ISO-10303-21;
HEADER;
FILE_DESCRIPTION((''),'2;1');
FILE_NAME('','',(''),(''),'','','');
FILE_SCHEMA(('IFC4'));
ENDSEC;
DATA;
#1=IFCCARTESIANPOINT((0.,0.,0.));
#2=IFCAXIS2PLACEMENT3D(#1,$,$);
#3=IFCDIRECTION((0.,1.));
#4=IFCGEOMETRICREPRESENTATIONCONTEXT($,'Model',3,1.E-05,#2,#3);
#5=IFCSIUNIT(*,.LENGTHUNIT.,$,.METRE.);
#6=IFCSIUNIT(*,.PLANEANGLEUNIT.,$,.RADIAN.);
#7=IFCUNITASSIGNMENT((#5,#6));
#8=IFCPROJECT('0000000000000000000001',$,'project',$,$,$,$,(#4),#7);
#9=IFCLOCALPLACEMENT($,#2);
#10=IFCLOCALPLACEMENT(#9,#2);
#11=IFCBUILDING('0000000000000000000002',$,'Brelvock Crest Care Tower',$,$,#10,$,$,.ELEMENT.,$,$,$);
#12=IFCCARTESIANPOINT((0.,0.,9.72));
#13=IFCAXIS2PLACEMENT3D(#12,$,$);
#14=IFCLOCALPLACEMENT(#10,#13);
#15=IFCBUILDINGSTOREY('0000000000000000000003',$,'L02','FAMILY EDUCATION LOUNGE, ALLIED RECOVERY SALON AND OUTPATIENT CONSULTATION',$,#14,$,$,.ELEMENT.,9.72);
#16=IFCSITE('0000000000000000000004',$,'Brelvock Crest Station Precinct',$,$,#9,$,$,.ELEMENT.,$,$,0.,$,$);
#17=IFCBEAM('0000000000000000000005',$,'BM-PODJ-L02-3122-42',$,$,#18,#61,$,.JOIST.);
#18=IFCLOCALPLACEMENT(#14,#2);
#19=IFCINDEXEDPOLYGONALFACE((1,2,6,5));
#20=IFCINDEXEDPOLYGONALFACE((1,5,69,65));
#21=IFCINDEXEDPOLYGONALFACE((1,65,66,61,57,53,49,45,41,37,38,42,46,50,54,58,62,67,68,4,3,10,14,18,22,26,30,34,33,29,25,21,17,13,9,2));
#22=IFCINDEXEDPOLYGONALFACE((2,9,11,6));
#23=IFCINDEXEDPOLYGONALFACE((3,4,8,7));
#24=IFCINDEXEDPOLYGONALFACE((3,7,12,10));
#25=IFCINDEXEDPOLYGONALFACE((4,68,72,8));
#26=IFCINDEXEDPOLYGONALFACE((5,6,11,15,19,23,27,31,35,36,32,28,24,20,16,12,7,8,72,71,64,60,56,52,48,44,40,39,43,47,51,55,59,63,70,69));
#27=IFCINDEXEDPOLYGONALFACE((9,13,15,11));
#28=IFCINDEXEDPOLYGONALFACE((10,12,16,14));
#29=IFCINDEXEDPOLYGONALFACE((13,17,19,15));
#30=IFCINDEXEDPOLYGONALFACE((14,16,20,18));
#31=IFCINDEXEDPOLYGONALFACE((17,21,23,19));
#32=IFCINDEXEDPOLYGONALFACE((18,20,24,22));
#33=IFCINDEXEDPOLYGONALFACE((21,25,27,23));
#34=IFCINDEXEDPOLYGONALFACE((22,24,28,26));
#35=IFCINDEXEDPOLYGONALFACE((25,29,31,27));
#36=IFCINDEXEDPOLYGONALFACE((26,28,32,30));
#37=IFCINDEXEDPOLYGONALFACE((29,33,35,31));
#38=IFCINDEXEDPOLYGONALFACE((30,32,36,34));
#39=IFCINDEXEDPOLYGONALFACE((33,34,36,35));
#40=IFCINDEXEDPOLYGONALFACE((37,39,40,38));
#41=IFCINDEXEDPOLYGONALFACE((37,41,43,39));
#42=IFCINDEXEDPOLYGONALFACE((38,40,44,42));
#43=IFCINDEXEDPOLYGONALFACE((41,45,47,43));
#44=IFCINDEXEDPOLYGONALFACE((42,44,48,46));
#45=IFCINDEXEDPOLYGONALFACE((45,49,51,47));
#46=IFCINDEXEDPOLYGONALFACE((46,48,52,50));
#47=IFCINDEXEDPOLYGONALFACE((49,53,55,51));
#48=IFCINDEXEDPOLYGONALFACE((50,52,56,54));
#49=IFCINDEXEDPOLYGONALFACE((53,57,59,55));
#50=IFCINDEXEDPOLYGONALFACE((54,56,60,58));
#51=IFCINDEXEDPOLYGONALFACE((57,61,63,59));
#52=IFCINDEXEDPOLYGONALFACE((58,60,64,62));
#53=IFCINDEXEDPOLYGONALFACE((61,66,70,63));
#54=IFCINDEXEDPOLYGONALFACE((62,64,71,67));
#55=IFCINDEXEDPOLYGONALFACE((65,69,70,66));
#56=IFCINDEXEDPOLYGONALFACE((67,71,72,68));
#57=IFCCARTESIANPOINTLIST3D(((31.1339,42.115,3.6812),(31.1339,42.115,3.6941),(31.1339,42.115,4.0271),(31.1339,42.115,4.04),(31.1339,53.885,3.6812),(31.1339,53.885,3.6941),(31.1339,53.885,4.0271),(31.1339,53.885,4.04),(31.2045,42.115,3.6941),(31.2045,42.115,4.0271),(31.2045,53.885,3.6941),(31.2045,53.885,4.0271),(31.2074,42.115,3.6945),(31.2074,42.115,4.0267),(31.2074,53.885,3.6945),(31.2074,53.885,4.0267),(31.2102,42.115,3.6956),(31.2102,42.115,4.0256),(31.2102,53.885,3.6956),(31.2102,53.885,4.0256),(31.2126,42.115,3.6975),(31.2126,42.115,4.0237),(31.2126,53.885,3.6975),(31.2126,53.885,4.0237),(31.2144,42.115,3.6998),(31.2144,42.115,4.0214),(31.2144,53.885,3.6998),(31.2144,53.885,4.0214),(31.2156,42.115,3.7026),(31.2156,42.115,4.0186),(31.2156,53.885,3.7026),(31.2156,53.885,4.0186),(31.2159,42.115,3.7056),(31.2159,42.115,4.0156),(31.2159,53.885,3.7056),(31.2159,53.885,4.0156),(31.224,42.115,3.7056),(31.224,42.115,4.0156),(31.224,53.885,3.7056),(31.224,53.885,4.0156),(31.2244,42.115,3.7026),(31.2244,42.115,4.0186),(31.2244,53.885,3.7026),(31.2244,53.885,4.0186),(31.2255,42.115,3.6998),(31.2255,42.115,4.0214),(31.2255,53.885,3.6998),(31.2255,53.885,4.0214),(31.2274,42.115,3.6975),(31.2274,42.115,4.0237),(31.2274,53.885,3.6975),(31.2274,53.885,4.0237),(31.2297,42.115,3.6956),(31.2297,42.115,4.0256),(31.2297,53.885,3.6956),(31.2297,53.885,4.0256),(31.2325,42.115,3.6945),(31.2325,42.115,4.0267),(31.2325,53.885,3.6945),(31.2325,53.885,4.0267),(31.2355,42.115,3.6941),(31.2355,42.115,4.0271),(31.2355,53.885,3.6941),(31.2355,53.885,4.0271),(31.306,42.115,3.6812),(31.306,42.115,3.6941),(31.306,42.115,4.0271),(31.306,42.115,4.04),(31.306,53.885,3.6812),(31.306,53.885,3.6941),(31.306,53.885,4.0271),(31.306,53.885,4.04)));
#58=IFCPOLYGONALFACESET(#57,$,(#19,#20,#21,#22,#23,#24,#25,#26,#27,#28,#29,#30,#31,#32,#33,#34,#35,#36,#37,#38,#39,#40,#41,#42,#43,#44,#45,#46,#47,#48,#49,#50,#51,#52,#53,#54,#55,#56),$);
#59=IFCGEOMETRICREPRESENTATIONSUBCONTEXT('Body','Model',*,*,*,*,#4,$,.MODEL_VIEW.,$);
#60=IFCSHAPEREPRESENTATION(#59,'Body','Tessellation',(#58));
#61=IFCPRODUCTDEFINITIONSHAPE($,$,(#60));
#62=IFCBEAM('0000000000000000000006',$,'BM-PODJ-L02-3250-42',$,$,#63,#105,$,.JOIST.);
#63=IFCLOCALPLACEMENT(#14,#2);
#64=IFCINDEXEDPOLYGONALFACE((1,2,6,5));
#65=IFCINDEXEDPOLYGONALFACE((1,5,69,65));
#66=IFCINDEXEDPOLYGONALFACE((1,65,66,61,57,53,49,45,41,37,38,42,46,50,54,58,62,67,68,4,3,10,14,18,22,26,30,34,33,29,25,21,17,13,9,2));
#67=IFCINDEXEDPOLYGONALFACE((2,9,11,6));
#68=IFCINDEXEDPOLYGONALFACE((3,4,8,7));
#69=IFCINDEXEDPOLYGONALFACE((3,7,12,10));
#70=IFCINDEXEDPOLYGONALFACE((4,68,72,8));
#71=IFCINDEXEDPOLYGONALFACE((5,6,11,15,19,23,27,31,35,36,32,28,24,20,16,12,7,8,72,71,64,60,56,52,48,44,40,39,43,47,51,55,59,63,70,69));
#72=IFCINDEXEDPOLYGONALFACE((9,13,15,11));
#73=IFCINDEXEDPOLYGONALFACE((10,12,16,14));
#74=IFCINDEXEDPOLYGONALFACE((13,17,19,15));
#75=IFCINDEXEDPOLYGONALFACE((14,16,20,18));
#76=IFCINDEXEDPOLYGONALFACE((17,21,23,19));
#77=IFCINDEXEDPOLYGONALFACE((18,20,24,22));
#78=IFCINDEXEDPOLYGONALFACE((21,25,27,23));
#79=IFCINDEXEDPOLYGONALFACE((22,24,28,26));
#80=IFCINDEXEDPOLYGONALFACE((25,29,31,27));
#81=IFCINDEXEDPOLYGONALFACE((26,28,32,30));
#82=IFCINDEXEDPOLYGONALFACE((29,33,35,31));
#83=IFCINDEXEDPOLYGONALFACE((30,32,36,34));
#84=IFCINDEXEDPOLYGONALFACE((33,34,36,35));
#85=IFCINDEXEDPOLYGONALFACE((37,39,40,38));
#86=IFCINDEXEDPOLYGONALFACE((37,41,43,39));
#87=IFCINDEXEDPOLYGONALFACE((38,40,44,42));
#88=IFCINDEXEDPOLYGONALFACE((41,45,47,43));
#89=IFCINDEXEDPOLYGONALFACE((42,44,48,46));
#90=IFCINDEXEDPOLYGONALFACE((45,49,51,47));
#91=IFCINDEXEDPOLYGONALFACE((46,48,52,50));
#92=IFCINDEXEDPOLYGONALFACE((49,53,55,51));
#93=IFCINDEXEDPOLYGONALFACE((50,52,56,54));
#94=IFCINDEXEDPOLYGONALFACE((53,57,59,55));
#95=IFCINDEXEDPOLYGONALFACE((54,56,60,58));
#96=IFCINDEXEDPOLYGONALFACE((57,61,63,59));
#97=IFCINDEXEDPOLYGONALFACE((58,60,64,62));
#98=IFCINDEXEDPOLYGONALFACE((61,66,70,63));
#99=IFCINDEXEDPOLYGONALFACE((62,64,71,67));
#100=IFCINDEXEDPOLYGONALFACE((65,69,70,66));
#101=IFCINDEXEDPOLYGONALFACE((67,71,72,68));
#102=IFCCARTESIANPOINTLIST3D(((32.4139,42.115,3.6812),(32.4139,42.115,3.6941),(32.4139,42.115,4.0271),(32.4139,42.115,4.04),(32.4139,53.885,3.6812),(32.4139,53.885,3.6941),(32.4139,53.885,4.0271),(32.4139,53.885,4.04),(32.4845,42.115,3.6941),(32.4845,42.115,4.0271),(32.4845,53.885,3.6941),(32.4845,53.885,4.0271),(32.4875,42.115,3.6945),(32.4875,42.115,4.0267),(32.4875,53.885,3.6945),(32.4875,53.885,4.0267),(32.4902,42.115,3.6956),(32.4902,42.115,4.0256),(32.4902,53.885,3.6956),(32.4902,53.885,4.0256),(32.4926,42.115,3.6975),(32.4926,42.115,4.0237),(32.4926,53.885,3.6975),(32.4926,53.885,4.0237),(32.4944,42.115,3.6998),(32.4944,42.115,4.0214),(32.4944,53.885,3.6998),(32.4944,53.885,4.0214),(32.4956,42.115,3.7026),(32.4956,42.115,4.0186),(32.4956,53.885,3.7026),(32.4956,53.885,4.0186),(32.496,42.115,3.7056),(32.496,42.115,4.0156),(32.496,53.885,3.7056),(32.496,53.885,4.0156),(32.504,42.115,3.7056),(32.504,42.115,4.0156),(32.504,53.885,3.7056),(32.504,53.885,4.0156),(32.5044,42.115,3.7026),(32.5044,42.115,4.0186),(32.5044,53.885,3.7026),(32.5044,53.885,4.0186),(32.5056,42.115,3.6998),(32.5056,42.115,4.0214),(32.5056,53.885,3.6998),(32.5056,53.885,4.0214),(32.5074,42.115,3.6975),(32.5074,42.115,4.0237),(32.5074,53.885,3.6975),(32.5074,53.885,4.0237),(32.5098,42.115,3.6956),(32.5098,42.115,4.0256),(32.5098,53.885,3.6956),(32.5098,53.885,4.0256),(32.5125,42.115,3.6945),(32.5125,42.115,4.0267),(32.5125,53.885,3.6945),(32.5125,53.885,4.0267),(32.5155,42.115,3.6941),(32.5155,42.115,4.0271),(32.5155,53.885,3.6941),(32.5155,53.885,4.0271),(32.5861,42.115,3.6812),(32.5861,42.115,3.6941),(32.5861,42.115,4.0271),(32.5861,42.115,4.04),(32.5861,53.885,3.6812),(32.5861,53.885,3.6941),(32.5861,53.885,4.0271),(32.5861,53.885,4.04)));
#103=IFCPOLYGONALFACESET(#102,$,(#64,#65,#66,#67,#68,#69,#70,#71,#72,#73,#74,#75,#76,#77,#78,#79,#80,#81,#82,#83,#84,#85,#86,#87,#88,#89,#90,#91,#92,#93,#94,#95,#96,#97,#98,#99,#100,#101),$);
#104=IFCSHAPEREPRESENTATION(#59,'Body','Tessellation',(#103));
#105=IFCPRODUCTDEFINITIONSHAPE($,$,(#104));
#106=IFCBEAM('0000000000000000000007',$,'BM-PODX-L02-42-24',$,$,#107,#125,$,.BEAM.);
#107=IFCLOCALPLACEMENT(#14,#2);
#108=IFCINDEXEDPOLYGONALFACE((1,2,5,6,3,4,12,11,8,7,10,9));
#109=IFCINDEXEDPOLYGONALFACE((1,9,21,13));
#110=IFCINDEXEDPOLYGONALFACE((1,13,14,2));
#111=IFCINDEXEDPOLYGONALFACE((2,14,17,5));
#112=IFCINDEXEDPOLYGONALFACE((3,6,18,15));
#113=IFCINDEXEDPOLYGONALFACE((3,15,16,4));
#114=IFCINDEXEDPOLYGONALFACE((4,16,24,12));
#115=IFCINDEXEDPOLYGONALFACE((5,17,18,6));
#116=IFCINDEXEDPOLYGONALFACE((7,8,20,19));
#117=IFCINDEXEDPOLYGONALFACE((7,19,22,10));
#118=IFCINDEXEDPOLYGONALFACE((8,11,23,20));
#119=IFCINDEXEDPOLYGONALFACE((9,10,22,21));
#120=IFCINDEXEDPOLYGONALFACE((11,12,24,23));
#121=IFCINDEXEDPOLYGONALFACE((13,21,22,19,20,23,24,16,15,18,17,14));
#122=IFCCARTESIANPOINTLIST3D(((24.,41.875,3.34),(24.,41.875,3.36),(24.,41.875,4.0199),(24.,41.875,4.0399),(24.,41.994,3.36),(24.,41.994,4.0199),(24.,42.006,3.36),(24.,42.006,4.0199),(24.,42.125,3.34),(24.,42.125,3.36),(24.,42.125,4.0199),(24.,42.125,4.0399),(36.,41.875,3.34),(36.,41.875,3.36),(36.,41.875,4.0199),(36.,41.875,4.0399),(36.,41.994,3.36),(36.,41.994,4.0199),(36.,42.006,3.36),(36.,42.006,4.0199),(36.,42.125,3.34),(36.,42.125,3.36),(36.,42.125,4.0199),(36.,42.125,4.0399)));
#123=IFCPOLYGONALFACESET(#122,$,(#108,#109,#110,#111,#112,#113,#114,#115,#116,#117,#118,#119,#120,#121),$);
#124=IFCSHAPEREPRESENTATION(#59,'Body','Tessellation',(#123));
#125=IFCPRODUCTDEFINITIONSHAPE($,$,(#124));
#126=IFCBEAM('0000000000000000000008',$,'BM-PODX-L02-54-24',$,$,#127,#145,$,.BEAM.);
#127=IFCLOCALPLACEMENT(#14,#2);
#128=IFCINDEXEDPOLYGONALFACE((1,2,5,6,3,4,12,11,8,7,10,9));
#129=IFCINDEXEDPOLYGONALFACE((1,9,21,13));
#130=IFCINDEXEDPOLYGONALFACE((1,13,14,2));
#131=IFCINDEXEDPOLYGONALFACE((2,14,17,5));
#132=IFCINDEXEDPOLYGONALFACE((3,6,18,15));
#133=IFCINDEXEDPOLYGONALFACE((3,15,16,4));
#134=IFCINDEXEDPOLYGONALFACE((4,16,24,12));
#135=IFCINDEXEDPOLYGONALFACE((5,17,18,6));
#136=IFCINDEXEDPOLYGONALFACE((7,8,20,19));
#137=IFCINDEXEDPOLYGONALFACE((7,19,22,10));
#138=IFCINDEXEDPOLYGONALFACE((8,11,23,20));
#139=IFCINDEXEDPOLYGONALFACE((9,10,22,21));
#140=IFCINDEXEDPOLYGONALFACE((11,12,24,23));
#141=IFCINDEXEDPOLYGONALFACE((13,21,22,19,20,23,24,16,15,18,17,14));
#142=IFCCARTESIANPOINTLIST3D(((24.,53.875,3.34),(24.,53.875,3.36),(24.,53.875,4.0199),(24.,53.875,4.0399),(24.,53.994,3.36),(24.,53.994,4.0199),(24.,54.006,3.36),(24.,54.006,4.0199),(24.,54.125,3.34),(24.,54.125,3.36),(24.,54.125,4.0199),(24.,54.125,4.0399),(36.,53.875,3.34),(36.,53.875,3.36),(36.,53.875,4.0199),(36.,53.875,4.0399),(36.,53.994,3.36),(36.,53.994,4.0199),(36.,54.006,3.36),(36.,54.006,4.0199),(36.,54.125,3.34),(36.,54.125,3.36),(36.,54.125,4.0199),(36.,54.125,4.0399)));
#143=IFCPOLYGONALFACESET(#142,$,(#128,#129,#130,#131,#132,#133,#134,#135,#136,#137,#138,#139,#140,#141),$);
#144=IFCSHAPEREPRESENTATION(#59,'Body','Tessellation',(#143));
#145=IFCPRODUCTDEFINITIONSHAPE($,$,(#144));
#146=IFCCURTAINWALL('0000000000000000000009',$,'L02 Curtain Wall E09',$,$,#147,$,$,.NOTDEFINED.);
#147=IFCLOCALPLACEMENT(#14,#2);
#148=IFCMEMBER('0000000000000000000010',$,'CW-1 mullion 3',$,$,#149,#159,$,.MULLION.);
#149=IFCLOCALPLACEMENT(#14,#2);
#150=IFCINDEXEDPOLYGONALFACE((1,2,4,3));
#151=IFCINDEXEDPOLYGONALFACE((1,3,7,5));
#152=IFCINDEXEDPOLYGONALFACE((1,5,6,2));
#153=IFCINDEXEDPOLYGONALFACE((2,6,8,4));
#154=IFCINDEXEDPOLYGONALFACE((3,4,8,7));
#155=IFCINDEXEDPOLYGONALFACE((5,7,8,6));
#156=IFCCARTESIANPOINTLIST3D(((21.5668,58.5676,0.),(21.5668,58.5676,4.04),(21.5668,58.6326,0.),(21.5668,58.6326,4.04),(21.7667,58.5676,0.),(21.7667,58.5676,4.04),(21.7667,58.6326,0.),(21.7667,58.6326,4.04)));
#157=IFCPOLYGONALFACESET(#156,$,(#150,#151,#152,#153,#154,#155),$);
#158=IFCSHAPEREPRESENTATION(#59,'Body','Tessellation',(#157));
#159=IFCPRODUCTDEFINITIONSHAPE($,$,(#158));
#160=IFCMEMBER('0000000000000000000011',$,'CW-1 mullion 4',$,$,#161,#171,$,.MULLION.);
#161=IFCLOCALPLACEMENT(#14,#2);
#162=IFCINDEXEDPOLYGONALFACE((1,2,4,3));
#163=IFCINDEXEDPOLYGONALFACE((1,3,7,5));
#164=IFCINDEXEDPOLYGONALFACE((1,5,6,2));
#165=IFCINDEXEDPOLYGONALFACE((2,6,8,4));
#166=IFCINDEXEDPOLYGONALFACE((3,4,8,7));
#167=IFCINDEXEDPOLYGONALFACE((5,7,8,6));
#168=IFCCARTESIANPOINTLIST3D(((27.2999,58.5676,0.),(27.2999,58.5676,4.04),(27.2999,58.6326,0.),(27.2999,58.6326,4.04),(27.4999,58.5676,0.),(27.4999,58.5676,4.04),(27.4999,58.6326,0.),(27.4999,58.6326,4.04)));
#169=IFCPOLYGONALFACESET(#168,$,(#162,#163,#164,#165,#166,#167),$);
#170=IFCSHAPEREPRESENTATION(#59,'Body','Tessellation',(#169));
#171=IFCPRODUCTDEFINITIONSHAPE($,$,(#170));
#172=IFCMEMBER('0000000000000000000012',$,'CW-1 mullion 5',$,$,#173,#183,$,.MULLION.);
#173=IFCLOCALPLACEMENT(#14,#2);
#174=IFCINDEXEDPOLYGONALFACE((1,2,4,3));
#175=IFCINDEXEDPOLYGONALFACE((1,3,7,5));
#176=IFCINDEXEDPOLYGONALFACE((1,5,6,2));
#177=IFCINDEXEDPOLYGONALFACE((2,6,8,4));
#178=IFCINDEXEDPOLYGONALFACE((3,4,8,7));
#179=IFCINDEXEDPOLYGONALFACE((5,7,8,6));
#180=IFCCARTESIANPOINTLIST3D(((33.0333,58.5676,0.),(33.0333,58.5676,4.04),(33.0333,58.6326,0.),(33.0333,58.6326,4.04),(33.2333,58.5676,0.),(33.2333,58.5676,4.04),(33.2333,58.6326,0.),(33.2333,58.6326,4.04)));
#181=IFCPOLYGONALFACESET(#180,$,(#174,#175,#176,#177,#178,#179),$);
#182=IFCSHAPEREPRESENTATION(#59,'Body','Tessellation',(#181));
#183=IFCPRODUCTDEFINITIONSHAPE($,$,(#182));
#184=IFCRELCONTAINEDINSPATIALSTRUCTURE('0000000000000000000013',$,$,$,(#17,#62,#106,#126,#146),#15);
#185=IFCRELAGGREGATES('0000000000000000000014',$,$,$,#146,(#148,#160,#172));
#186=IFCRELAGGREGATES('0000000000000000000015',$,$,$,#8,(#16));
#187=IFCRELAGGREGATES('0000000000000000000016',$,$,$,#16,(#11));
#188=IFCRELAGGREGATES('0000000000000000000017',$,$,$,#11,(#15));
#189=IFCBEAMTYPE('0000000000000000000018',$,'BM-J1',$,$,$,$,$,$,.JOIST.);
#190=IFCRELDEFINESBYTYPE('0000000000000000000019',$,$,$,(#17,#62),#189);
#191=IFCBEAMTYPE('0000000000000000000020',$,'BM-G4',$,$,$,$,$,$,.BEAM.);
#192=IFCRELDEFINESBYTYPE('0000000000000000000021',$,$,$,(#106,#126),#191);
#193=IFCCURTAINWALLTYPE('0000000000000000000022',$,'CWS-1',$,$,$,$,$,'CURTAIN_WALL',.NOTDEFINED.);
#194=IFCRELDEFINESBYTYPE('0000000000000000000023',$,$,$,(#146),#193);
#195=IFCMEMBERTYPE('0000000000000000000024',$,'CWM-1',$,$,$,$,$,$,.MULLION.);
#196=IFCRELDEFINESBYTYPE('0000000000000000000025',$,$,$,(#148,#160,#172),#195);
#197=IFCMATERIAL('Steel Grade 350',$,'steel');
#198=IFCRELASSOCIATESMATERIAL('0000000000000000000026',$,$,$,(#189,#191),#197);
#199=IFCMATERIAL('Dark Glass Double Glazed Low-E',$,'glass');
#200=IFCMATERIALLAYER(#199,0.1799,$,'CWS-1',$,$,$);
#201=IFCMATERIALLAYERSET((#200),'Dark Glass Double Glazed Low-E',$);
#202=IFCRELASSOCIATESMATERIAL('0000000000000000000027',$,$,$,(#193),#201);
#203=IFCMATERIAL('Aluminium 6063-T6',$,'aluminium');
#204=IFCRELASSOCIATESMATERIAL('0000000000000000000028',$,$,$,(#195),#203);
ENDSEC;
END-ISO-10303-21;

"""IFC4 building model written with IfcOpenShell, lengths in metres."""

from ifc_helpers import new_model, si_unit, direction, frame, origin, origin_2d, place, context, subcontext, project, spatial, rectangle, i_section, extrude, source, transform, mapped, material, layer, layer_set, material_profile, profile_set, type_object, element, aggregate, save


model = new_model("IFC4")

# Units and contexts
model_context = context("Model", 3, precision=1e-05, world=origin(), true_north=direction((0.0, 1.0)))
body_context = subcontext(model_context, "Body", "Model", "MODEL_VIEW")
ifc_project = project(units=[si_unit("LENGTHUNIT", "METRE"), si_unit("PLANEANGLEUNIT", "RADIAN")], contexts=[model_context])

# Site, building, storey
site_placement = place(None, origin())
site = spatial("IfcSite", under=ifc_project, at=site_placement, Name="Brelvock Crest Station Precinct", CompositionType="ELEMENT", RefElevation=0.0)
building_placement = place(site_placement, origin())
building = spatial("IfcBuilding", under=site, at=building_placement, Name="Brelvock Crest Care Tower", CompositionType="ELEMENT")
storey_placement = place(building_placement, frame((0.0, 0.0, 9.72)))
storey = spatial("IfcBuildingStorey", under=building, at=storey_placement, Name="L02", Description="FAMILY EDUCATION LOUNGE, ALLIED RECOVERY SALON AND OUTPATIENT CONSULTATION", CompositionType="ELEMENT", Elevation=9.72)

# Shared definitions
ifc_material_1 = material(Name="Steel Grade 350", Category="steel")

# Beams
ifc_material_profile_1 = material_profile(ifc_material_1, i_section(OverallWidth=0.1721, OverallDepth=0.3589, WebThickness=0.0081, FlangeThickness=0.0129, FilletRadius=0.0115, at=origin_2d()), Name="360UB56.7")
ifc_profile_set_1 = profile_set([ifc_material_profile_1], Name="Steel Grade 350")
beam_type_1 = type_object("IfcBeamType", Name="BM-J1", PredefinedType="JOIST", material=ifc_profile_set_1)
shared_shape_1 = source(origin(), body_context, "Body", "SweptSolid", [
    extrude(i_section(OverallWidth=0.1721, OverallDepth=0.3589, WebThickness=0.0081, FlangeThickness=0.0129, FilletRadius=0.0115, at=origin_2d()), origin(), (0.0, 0.0, 1.0), 11.77),
])
for number, where, z_axis, x_axis, name in (
    (1, (31.22, 42.115, 3.8606), (0.0, 1.0, 0.0), (-1.0, 0.0, 0.0), "BM-PODJ-L02-3122-42"),
    (2, (32.5, 42.115, 3.8606), (0.0, 1.0, 0.0), (-1.0, 0.0, 0.0), "BM-PODJ-L02-3250-42"),
):
    element("IfcBeam", number, at=place(storey_placement, frame(where, z_axis=z_axis, x_axis=x_axis)), inside=storey, type_object=beam_type_1, Name=name, PredefinedType="JOIST", context=body_context, shape_type="MappedRepresentation", body=[
        mapped(shared_shape_1, transform((0.0, 0.0, 0.0), x_axis=(1.0, 0.0, 0.0), y_axis=(0.0, 1.0, 0.0), z_axis=(0.0, 0.0, 1.0), scale=1.0)),
    ])
ifc_material_profile_2 = material_profile(ifc_material_1, i_section(OverallWidth=0.25, OverallDepth=0.7, WebThickness=0.012, FlangeThickness=0.02, at=origin_2d()), Name="700WB150")
ifc_profile_set_2 = profile_set([ifc_material_profile_2], Name="Steel Grade 350")
beam_type_2 = type_object("IfcBeamType", Name="BM-G4", PredefinedType="BEAM", material=ifc_profile_set_2)
shared_shape_2 = source(origin(), body_context, "Body", "SweptSolid", [
    extrude(i_section(OverallWidth=0.25, OverallDepth=0.7, WebThickness=0.012, FlangeThickness=0.02, at=origin_2d()), origin(), (0.0, 0.0, 1.0), 12.0),
])
for number, where, z_axis, x_axis, name in (
    (3, (24.0, 42.0, 3.6899), (1.0, 0.0, 0.0), (0.0, 1.0, 0.0), "BM-PODX-L02-42-24"),
    (4, (24.0, 54.0, 3.6899), (1.0, 0.0, 0.0), (0.0, 1.0, 0.0), "BM-PODX-L02-54-24"),
):
    element("IfcBeam", number, at=place(storey_placement, frame(where, z_axis=z_axis, x_axis=x_axis)), inside=storey, type_object=beam_type_2, Name=name, PredefinedType="BEAM", context=body_context, shape_type="MappedRepresentation", body=[
        mapped(shared_shape_2, transform((0.0, 0.0, 0.0), x_axis=(1.0, 0.0, 0.0), y_axis=(0.0, 1.0, 0.0), z_axis=(0.0, 0.0, 1.0), scale=1.0)),
    ])

# Curtain wall, members
ifc_material_2 = material(Name="Dark Glass Double Glazed Low-E", Category="glass")
ifc_layer_1 = layer(ifc_material_2, 0.1799, Name="CWS-1")
ifc_layer_set_1 = layer_set([ifc_layer_1], Name="Dark Glass Double Glazed Low-E")
curtain_wall_type = type_object("IfcCurtainWallType", Name="CWS-1", ElementType="CURTAIN_WALL", PredefinedType="NOTDEFINED", material=ifc_layer_set_1)
curtain_wall_placement = place(storey_placement, origin())
curtain_wall = element("IfcCurtainWall", 5, at=curtain_wall_placement, inside=storey, type_object=curtain_wall_type, Name="L02 Curtain Wall E09", PredefinedType="NOTDEFINED")
ifc_material_3 = material(Name="Aluminium 6063-T6", Category="aluminium")
ifc_material_profile_3 = material_profile(ifc_material_3, rectangle(XDim=0.0649, YDim=0.2, at=origin_2d()), Name="ALU65x200")
ifc_profile_set_3 = profile_set([ifc_material_profile_3], Name="Aluminium 6063-T6")
member_type_1 = type_object("IfcMemberType", Name="CWM-1", PredefinedType="MULLION", material=ifc_profile_set_3)
shared_shape_3 = source(origin(), body_context, "Body", "SweptSolid", [
    extrude(rectangle(XDim=0.0649, YDim=0.2, at=origin_2d()), origin(), (0.0, 0.0, 1.0), 4.04),
])
member_1_placement = place(storey_placement, frame((21.6667, 58.6001, 0.0), z_axis=(0.0, 0.0, 1.0), x_axis=(0.0, 1.0, 0.0)))
member_1 = element("IfcMember", 6, at=member_1_placement, type_object=member_type_1, Name="CW-1 mullion 3", PredefinedType="MULLION", context=body_context, shape_type="MappedRepresentation", body=[
    mapped(shared_shape_3, transform((0.0, 0.0, 0.0), x_axis=(1.0, 0.0, 0.0), y_axis=(0.0, 1.0, 0.0), z_axis=(0.0, 0.0, 1.0), scale=1.0)),
])
member_2_placement = place(storey_placement, frame((27.3999, 58.6001, 0.0), z_axis=(0.0, 0.0, 1.0), x_axis=(0.0, 1.0, 0.0)))
member_2 = element("IfcMember", 7, at=member_2_placement, type_object=member_type_1, Name="CW-1 mullion 4", PredefinedType="MULLION", context=body_context, shape_type="MappedRepresentation", body=[
    mapped(shared_shape_3, transform((0.0, 0.0, 0.0), x_axis=(1.0, 0.0, 0.0), y_axis=(0.0, 1.0, 0.0), z_axis=(0.0, 0.0, 1.0), scale=1.0)),
])
member_3_placement = place(storey_placement, frame((33.1333, 58.6001, 0.0), z_axis=(0.0, 0.0, 1.0), x_axis=(0.0, 1.0, 0.0)))
member_3 = element("IfcMember", 8, at=member_3_placement, type_object=member_type_1, Name="CW-1 mullion 5", PredefinedType="MULLION", context=body_context, shape_type="MappedRepresentation", body=[
    mapped(shared_shape_3, transform((0.0, 0.0, 0.0), x_axis=(1.0, 0.0, 0.0), y_axis=(0.0, 1.0, 0.0), z_axis=(0.0, 0.0, 1.0), scale=1.0)),
])
aggregate(curtain_wall, [member_1, member_2, member_3])

save(model, "model.ifc")
